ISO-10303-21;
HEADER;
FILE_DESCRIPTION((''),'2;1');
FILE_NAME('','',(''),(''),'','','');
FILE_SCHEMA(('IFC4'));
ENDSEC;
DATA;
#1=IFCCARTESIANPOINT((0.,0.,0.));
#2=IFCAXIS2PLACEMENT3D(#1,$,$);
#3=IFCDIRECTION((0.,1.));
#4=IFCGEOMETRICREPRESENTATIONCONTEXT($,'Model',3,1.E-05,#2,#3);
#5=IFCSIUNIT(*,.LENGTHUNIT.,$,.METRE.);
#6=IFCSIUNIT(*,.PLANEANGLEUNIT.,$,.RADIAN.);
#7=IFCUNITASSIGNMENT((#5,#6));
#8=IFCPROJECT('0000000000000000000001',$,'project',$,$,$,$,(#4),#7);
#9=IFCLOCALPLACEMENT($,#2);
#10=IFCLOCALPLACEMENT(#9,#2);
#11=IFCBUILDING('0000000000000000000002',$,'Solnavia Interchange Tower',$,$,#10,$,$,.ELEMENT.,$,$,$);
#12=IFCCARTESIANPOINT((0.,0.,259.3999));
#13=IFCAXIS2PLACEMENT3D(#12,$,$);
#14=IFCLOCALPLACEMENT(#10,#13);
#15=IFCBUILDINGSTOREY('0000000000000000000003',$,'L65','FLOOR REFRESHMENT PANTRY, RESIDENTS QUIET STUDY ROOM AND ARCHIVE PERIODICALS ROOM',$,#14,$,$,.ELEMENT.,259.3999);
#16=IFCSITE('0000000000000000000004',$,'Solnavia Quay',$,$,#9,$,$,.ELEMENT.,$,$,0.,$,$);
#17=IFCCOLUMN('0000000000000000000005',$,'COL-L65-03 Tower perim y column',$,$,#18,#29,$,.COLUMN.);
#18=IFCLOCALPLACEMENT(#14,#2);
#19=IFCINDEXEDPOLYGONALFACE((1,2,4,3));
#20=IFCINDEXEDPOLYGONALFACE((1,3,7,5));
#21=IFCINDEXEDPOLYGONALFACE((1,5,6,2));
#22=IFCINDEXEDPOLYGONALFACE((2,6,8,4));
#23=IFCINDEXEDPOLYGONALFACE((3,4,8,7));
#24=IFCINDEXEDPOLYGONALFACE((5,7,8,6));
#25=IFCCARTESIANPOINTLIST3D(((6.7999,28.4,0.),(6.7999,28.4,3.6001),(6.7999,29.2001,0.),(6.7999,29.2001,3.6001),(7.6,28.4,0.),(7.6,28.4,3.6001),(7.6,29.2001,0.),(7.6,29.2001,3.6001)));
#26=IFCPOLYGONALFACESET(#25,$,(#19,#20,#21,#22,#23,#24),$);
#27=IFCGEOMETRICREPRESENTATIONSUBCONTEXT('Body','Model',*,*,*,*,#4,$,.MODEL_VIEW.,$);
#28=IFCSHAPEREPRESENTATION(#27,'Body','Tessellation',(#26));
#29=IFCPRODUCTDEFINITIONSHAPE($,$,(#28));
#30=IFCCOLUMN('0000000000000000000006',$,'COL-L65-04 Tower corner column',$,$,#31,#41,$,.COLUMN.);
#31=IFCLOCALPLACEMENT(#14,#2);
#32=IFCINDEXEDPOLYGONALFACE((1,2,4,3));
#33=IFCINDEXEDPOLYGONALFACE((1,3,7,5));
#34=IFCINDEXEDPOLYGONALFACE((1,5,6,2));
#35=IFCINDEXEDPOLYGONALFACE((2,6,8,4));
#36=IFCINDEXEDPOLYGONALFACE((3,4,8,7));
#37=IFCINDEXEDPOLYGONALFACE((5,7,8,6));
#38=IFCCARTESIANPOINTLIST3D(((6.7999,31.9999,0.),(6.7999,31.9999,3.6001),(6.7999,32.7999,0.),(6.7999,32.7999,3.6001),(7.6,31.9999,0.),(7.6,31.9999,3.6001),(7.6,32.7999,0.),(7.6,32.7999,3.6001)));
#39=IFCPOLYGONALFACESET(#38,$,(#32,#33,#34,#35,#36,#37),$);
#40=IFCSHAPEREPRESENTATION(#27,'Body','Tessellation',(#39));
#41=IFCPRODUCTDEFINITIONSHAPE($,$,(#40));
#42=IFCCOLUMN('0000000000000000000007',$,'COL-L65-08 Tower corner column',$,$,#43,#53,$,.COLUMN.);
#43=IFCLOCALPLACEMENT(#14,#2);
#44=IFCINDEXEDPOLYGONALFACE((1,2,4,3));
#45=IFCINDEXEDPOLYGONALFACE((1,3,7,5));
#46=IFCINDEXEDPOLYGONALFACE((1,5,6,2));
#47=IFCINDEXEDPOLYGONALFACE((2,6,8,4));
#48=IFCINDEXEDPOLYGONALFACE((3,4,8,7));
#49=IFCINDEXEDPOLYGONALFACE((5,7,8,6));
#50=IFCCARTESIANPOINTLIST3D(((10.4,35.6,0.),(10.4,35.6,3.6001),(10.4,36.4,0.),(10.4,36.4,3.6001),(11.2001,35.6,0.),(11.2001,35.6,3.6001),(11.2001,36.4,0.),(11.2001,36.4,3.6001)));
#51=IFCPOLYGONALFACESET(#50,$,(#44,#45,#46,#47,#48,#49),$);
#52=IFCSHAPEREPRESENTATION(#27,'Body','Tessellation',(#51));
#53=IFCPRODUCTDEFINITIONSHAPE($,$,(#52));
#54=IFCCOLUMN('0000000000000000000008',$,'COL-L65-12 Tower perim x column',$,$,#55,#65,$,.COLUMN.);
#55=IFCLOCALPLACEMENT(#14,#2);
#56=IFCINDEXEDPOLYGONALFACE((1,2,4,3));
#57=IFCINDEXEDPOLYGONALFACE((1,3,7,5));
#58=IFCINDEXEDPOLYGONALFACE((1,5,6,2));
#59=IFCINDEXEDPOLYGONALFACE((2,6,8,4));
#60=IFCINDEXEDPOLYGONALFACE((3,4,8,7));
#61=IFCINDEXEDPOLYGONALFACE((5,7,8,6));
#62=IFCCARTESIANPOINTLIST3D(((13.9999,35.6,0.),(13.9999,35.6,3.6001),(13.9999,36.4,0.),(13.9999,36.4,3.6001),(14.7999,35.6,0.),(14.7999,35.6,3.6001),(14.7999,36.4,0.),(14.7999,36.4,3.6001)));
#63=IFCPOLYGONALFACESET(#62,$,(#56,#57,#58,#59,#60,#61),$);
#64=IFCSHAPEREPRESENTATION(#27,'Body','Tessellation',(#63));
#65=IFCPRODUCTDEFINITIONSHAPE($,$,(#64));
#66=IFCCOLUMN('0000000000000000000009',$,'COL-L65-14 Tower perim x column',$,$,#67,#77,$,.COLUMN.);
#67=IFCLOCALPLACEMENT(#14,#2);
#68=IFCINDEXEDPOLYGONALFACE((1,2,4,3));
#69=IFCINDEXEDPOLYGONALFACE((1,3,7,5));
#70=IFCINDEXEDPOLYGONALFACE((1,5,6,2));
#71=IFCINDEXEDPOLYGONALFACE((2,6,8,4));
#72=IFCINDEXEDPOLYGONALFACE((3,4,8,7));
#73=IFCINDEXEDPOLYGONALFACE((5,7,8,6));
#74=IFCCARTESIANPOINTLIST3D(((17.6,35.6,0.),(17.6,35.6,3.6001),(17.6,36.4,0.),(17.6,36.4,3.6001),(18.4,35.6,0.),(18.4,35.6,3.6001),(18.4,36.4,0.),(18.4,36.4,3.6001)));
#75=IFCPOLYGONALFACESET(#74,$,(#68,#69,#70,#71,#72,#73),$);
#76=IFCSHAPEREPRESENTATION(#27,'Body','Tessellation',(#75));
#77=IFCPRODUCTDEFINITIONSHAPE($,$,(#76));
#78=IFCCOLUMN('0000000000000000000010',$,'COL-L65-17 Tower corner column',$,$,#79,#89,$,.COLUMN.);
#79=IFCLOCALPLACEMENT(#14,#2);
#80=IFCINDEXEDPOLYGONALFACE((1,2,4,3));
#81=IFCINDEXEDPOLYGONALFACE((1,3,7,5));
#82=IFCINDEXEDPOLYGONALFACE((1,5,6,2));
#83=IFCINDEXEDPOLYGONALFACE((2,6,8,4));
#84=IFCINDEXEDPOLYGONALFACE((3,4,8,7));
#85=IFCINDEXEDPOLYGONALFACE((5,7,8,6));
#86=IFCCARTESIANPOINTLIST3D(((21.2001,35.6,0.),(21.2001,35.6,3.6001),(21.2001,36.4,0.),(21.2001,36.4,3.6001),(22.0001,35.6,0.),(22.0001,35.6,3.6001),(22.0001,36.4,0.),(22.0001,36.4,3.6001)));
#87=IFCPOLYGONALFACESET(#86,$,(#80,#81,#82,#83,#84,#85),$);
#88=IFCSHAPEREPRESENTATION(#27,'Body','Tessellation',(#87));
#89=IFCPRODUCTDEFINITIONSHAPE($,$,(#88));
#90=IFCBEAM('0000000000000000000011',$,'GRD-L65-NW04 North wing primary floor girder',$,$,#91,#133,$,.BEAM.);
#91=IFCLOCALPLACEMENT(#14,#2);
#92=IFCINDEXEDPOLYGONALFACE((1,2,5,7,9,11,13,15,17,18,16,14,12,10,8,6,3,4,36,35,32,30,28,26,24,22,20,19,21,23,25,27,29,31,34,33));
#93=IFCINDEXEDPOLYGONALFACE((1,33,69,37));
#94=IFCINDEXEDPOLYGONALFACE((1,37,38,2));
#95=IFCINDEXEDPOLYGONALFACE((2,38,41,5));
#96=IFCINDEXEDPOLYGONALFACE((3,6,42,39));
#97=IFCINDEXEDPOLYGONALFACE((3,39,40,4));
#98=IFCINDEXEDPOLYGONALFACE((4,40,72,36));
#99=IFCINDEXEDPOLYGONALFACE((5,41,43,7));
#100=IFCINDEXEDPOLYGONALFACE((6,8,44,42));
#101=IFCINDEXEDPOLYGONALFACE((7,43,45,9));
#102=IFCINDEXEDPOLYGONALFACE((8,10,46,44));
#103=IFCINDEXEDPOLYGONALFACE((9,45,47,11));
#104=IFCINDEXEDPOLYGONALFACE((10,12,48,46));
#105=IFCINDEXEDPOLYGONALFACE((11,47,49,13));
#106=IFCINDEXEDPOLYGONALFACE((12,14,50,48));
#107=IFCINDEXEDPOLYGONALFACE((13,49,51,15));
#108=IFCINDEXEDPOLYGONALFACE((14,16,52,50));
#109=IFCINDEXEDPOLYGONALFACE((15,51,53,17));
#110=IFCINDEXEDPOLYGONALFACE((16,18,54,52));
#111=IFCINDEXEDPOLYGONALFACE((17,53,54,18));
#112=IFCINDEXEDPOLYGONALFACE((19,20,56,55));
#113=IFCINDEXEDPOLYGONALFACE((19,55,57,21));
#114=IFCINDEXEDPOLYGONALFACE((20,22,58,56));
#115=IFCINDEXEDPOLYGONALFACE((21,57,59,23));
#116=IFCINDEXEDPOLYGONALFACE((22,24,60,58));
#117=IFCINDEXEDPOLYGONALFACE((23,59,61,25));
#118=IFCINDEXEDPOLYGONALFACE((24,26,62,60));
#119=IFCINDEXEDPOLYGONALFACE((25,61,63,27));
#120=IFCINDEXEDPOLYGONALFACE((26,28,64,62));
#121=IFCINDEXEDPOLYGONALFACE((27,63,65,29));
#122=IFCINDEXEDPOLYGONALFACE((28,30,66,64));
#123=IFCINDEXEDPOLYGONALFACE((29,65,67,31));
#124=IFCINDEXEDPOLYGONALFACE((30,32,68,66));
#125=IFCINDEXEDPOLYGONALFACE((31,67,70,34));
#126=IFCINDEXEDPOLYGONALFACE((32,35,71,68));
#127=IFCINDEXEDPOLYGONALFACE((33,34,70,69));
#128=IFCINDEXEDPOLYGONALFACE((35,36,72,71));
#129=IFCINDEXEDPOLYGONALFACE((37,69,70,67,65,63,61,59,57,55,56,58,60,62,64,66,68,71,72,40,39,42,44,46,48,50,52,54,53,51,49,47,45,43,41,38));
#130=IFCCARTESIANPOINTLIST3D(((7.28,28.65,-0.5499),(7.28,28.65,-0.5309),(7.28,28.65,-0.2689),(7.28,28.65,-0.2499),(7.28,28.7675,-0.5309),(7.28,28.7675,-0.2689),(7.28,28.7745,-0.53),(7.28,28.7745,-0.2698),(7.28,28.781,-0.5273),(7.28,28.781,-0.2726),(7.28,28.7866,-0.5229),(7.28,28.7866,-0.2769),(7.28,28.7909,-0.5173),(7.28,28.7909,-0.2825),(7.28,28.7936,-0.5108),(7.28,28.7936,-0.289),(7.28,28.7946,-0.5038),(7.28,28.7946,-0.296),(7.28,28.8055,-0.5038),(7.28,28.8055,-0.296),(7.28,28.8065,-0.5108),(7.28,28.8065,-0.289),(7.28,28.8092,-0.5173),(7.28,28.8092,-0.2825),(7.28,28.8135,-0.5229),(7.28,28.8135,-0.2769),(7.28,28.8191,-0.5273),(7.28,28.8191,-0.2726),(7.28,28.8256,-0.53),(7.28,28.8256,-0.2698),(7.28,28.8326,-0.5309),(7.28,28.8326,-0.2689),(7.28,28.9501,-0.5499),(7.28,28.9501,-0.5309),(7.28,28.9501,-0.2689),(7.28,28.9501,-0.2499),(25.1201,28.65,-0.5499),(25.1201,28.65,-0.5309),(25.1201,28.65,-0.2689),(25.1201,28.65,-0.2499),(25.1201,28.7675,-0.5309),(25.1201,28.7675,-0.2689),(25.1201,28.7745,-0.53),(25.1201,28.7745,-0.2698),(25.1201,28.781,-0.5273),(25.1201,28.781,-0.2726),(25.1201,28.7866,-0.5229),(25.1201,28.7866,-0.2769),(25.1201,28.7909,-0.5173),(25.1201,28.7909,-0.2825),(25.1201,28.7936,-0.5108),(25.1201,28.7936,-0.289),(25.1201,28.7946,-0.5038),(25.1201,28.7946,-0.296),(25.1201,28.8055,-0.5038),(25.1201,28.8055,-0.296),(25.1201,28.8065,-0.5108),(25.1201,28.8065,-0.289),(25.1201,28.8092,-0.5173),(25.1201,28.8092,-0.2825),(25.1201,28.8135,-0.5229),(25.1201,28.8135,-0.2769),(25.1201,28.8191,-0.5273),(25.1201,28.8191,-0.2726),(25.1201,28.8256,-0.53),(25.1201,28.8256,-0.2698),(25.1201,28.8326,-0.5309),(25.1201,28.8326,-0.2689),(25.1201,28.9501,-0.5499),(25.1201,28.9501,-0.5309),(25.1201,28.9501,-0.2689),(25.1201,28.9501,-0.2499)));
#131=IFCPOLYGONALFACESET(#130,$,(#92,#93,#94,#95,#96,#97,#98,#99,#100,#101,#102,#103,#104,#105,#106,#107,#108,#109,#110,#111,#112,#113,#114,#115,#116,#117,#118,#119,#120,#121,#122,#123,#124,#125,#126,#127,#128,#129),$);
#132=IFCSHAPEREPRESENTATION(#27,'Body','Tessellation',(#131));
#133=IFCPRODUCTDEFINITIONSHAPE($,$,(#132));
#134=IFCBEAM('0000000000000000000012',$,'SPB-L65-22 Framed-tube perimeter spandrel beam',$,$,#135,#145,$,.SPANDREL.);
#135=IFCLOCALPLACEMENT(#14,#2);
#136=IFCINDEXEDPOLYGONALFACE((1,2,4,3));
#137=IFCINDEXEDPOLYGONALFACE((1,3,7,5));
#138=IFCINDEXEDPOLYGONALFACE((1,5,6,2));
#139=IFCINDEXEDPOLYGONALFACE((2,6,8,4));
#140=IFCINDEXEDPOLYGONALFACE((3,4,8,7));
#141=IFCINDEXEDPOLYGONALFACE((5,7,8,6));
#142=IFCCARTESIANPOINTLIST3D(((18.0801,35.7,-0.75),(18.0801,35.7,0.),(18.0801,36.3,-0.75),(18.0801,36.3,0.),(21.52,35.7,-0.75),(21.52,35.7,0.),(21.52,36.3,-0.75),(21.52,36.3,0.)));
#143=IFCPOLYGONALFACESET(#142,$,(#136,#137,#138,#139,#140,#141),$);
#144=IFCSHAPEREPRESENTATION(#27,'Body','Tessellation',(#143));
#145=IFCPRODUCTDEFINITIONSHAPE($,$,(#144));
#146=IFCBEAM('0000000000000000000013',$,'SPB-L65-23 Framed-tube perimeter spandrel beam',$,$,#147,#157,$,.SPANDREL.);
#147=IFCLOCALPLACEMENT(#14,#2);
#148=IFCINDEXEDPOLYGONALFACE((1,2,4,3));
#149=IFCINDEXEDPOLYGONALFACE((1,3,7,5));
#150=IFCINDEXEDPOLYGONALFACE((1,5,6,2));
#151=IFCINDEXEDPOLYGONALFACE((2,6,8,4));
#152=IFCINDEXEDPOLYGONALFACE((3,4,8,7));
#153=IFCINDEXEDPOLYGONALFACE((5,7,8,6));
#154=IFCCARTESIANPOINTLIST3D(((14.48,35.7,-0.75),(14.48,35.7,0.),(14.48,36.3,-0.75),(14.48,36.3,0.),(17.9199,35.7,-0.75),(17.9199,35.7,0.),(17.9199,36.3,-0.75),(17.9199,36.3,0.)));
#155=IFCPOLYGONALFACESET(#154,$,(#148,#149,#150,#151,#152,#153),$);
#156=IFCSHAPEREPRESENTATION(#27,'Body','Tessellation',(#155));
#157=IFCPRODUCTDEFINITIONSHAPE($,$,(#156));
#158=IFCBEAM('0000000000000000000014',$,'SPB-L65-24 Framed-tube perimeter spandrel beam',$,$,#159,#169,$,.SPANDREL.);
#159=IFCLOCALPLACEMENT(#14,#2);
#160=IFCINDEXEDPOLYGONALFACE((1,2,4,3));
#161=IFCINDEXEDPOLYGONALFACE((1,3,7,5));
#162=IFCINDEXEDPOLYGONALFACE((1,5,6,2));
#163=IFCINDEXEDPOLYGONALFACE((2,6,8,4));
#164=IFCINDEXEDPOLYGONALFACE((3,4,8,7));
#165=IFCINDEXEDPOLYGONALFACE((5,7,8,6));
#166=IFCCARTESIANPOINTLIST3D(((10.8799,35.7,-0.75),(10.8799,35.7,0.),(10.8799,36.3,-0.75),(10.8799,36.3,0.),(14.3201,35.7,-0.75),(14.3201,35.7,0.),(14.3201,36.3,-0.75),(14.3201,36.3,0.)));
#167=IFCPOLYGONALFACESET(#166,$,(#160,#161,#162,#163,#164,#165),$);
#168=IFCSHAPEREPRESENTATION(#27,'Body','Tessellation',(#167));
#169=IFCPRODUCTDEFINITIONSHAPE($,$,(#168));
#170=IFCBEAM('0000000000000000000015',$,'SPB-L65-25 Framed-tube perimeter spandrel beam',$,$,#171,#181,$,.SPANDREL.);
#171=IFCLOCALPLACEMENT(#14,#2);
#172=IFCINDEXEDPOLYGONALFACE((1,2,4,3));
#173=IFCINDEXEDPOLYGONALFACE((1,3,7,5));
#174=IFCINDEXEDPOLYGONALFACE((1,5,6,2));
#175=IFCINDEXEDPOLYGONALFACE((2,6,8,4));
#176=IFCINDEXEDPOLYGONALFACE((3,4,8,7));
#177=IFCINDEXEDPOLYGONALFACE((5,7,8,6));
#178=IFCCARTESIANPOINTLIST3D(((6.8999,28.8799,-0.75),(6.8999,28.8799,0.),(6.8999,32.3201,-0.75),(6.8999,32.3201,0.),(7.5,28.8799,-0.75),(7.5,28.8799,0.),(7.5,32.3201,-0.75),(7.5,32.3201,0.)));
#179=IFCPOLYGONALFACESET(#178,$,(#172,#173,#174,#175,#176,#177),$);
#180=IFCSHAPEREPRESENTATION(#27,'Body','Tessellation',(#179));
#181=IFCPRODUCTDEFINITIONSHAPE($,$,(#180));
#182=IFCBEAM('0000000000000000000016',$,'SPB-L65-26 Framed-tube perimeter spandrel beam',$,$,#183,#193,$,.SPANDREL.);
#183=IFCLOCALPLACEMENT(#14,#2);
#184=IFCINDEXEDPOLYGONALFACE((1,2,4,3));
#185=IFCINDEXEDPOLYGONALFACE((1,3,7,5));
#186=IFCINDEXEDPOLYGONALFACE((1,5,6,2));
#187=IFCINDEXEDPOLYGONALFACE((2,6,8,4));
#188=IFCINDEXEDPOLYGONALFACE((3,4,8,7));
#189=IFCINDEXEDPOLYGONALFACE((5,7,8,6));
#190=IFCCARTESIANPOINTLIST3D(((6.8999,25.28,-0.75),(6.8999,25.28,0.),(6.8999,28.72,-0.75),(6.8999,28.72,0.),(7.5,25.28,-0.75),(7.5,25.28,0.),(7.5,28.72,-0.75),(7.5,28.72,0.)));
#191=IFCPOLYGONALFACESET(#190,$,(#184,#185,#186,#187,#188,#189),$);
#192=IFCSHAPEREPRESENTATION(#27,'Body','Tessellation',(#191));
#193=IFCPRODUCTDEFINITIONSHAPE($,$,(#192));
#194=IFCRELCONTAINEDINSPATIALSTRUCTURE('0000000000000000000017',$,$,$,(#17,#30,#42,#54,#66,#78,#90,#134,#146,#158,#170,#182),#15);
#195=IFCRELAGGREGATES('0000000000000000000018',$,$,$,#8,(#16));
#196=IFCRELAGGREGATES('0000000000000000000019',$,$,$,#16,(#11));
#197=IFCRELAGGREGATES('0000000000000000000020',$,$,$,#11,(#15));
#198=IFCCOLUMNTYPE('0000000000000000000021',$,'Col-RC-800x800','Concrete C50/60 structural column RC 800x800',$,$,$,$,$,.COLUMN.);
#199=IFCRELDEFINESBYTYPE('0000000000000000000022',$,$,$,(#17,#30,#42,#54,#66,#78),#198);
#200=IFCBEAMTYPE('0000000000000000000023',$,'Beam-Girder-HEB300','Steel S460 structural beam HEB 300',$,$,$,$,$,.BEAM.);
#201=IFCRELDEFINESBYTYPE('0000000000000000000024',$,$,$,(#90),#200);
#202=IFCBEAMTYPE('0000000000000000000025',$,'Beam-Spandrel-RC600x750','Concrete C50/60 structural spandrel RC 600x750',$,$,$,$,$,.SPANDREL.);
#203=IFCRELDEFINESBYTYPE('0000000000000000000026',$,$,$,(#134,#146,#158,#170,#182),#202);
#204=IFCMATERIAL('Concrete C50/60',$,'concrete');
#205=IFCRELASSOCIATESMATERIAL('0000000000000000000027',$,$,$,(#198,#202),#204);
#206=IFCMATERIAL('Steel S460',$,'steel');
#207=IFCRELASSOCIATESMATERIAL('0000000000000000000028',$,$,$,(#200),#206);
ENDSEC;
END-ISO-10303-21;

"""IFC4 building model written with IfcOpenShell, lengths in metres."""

from ifc_helpers import new_model, si_unit, direction, frame, origin, origin_2d, place, context, subcontext, project, spatial, rectangle, i_section, extrude, material, material_profile, profile_set, type_object, element, save


model = new_model("IFC4")

# Units and contexts
model_context = context("Model", 3, precision=1e-05, world=origin(), true_north=direction((0.0, 1.0)))
body_context = subcontext(model_context, "Body", "Model", "MODEL_VIEW")
ifc_project = project(units=[si_unit("LENGTHUNIT", "METRE"), si_unit("PLANEANGLEUNIT", "RADIAN")], contexts=[model_context])

# Site, building, storey
site_placement = place(None, origin())
site = spatial("IfcSite", under=ifc_project, at=site_placement, Name="Solnavia Quay", CompositionType="ELEMENT", RefElevation=0.0)
building_placement = place(site_placement, origin())
building = spatial("IfcBuilding", under=site, at=building_placement, Name="Solnavia Interchange Tower", CompositionType="ELEMENT")
storey_placement = place(building_placement, frame((0.0, 0.0, 259.3999)))
storey = spatial("IfcBuildingStorey", under=building, at=storey_placement, Name="L65", Description="FLOOR REFRESHMENT PANTRY, RESIDENTS QUIET STUDY ROOM AND ARCHIVE PERIODICALS ROOM", CompositionType="ELEMENT", Elevation=259.3999)

# Columns
ifc_material_1 = material(Name="Concrete C50/60", Category="concrete")
ifc_material_profile_1 = material_profile(ifc_material_1, rectangle(XDim=0.8, YDim=0.8, at=origin_2d()), Name="RC 800x800")
ifc_profile_set_1 = profile_set([ifc_material_profile_1], Name="Concrete C50/60")
column_type = type_object("IfcColumnType", Name="Col-RC-800x800", Description="Concrete C50/60 structural column RC 800x800", PredefinedType="COLUMN", material=ifc_profile_set_1)
for number, where, z_axis, x_axis, name in (
    (1, (7.2, 28.8, 0.0), (0.0, 0.0, 1.0), (0.0, 1.0, 0.0), "COL-L65-03 Tower perim y column"),
    (2, (7.2, 32.3999, 0.0), (0.0, 0.0, 1.0), (0.0, 1.0, 0.0), "COL-L65-04 Tower corner column"),
    (3, (10.8, 36.0, 0.0), (0.0, 0.0, 1.0), (1.0, 0.0, 0.0), "COL-L65-08 Tower corner column"),
    (4, (14.3999, 36.0, 0.0), (0.0, 0.0, 1.0), (1.0, 0.0, 0.0), "COL-L65-12 Tower perim x column"),
    (5, (18.0, 36.0, 0.0), (0.0, 0.0, 1.0), (1.0, 0.0, 0.0), "COL-L65-14 Tower perim x column"),
    (6, (21.6001, 36.0, 0.0), (0.0, 0.0, 1.0), (1.0, 0.0, 0.0), "COL-L65-17 Tower corner column"),
):
    element("IfcColumn", number, at=place(storey_placement, frame(where, z_axis=z_axis, x_axis=x_axis)), inside=storey, type_object=column_type, Name=name, PredefinedType="COLUMN", context=body_context, shape_type="SweptSolid", body=[
        extrude(rectangle(XDim=0.8, YDim=0.8, at=origin_2d()), origin(), (0.0, 0.0, 1.0), 3.6001),
    ])

# Beams
ifc_material_2 = material(Name="Steel S460", Category="steel")
ifc_material_profile_2 = material_profile(ifc_material_2, i_section(OverallWidth=0.3, OverallDepth=0.3, WebThickness=0.011, FlangeThickness=0.019, FilletRadius=0.0271, at=origin_2d()), Name="HEB 300")
ifc_profile_set_2 = profile_set([ifc_material_profile_2], Name="Steel S460")
beam_type_1 = type_object("IfcBeamType", Name="Beam-Girder-HEB300", Description="Steel S460 structural beam HEB 300", PredefinedType="BEAM", material=ifc_profile_set_2)
beam_1_placement = place(storey_placement, frame((7.28, 28.8, -0.3999), z_axis=(1.0, 0.0, 0.0), x_axis=(0.0, 1.0, 0.0)))
element("IfcBeam", 7, at=beam_1_placement, inside=storey, type_object=beam_type_1, Name="GRD-L65-NW04 North wing primary floor girder", PredefinedType="BEAM", context=body_context, shape_type="SweptSolid", body=[
    extrude(i_section(OverallWidth=0.3, OverallDepth=0.3, WebThickness=0.011, FlangeThickness=0.019, FilletRadius=0.0271, at=origin_2d()), origin(), (0.0, 0.0, 1.0), 17.8401),
])
ifc_material_profile_3 = material_profile(ifc_material_1, rectangle(XDim=0.6001, YDim=0.75, at=origin_2d()), Name="RC 600x750")
ifc_profile_set_3 = profile_set([ifc_material_profile_3], Name="Concrete C50/60")
beam_type_2 = type_object("IfcBeamType", Name="Beam-Spandrel-RC600x750", Description="Concrete C50/60 structural spandrel RC 600x750", PredefinedType="SPANDREL", material=ifc_profile_set_3)
for number, where, z_axis, x_axis, name in (
    (8, (21.52, 36.0, -0.375), (-1.0, 0.0, 0.0), (0.0, -1.0, 0.0), "SPB-L65-22 Framed-tube perimeter spandrel beam"),
    (9, (17.9199, 36.0, -0.375), (-1.0, 0.0, 0.0), (0.0, -1.0, 0.0), "SPB-L65-23 Framed-tube perimeter spandrel beam"),
):
    element("IfcBeam", number, at=place(storey_placement, frame(where, z_axis=z_axis, x_axis=x_axis)), inside=storey, type_object=beam_type_2, Name=name, PredefinedType="SPANDREL", context=body_context, shape_type="SweptSolid", body=[
        extrude(rectangle(XDim=0.6001, YDim=0.75, at=origin_2d()), origin(), (0.0, 0.0, 1.0), 3.4399),
    ])
for number, where, z_axis, x_axis, name in (
    (10, (14.3201, 36.0, -0.375), (-1.0, 0.0, 0.0), (0.0, -1.0, 0.0), "SPB-L65-24 Framed-tube perimeter spandrel beam"),
    (11, (7.2, 32.3201, -0.375), (0.0, -1.0, 0.0), (1.0, 0.0, 0.0), "SPB-L65-25 Framed-tube perimeter spandrel beam"),
):
    element("IfcBeam", number, at=place(storey_placement, frame(where, z_axis=z_axis, x_axis=x_axis)), inside=storey, type_object=beam_type_2, Name=name, PredefinedType="SPANDREL", context=body_context, shape_type="SweptSolid", body=[
        extrude(rectangle(XDim=0.6001, YDim=0.75, at=origin_2d()), origin(), (0.0, 0.0, 1.0), 3.4402),
    ])
beam_2_placement = place(storey_placement, frame((7.2, 28.72, -0.375), z_axis=(0.0, -1.0, 0.0), x_axis=(1.0, 0.0, 0.0)))
element("IfcBeam", 12, at=beam_2_placement, inside=storey, type_object=beam_type_2, Name="SPB-L65-26 Framed-tube perimeter spandrel beam", PredefinedType="SPANDREL", context=body_context, shape_type="SweptSolid", body=[
    extrude(rectangle(XDim=0.6001, YDim=0.75, at=origin_2d()), origin(), (0.0, 0.0, 1.0), 3.4399),
])

save(model, "model.ifc")
